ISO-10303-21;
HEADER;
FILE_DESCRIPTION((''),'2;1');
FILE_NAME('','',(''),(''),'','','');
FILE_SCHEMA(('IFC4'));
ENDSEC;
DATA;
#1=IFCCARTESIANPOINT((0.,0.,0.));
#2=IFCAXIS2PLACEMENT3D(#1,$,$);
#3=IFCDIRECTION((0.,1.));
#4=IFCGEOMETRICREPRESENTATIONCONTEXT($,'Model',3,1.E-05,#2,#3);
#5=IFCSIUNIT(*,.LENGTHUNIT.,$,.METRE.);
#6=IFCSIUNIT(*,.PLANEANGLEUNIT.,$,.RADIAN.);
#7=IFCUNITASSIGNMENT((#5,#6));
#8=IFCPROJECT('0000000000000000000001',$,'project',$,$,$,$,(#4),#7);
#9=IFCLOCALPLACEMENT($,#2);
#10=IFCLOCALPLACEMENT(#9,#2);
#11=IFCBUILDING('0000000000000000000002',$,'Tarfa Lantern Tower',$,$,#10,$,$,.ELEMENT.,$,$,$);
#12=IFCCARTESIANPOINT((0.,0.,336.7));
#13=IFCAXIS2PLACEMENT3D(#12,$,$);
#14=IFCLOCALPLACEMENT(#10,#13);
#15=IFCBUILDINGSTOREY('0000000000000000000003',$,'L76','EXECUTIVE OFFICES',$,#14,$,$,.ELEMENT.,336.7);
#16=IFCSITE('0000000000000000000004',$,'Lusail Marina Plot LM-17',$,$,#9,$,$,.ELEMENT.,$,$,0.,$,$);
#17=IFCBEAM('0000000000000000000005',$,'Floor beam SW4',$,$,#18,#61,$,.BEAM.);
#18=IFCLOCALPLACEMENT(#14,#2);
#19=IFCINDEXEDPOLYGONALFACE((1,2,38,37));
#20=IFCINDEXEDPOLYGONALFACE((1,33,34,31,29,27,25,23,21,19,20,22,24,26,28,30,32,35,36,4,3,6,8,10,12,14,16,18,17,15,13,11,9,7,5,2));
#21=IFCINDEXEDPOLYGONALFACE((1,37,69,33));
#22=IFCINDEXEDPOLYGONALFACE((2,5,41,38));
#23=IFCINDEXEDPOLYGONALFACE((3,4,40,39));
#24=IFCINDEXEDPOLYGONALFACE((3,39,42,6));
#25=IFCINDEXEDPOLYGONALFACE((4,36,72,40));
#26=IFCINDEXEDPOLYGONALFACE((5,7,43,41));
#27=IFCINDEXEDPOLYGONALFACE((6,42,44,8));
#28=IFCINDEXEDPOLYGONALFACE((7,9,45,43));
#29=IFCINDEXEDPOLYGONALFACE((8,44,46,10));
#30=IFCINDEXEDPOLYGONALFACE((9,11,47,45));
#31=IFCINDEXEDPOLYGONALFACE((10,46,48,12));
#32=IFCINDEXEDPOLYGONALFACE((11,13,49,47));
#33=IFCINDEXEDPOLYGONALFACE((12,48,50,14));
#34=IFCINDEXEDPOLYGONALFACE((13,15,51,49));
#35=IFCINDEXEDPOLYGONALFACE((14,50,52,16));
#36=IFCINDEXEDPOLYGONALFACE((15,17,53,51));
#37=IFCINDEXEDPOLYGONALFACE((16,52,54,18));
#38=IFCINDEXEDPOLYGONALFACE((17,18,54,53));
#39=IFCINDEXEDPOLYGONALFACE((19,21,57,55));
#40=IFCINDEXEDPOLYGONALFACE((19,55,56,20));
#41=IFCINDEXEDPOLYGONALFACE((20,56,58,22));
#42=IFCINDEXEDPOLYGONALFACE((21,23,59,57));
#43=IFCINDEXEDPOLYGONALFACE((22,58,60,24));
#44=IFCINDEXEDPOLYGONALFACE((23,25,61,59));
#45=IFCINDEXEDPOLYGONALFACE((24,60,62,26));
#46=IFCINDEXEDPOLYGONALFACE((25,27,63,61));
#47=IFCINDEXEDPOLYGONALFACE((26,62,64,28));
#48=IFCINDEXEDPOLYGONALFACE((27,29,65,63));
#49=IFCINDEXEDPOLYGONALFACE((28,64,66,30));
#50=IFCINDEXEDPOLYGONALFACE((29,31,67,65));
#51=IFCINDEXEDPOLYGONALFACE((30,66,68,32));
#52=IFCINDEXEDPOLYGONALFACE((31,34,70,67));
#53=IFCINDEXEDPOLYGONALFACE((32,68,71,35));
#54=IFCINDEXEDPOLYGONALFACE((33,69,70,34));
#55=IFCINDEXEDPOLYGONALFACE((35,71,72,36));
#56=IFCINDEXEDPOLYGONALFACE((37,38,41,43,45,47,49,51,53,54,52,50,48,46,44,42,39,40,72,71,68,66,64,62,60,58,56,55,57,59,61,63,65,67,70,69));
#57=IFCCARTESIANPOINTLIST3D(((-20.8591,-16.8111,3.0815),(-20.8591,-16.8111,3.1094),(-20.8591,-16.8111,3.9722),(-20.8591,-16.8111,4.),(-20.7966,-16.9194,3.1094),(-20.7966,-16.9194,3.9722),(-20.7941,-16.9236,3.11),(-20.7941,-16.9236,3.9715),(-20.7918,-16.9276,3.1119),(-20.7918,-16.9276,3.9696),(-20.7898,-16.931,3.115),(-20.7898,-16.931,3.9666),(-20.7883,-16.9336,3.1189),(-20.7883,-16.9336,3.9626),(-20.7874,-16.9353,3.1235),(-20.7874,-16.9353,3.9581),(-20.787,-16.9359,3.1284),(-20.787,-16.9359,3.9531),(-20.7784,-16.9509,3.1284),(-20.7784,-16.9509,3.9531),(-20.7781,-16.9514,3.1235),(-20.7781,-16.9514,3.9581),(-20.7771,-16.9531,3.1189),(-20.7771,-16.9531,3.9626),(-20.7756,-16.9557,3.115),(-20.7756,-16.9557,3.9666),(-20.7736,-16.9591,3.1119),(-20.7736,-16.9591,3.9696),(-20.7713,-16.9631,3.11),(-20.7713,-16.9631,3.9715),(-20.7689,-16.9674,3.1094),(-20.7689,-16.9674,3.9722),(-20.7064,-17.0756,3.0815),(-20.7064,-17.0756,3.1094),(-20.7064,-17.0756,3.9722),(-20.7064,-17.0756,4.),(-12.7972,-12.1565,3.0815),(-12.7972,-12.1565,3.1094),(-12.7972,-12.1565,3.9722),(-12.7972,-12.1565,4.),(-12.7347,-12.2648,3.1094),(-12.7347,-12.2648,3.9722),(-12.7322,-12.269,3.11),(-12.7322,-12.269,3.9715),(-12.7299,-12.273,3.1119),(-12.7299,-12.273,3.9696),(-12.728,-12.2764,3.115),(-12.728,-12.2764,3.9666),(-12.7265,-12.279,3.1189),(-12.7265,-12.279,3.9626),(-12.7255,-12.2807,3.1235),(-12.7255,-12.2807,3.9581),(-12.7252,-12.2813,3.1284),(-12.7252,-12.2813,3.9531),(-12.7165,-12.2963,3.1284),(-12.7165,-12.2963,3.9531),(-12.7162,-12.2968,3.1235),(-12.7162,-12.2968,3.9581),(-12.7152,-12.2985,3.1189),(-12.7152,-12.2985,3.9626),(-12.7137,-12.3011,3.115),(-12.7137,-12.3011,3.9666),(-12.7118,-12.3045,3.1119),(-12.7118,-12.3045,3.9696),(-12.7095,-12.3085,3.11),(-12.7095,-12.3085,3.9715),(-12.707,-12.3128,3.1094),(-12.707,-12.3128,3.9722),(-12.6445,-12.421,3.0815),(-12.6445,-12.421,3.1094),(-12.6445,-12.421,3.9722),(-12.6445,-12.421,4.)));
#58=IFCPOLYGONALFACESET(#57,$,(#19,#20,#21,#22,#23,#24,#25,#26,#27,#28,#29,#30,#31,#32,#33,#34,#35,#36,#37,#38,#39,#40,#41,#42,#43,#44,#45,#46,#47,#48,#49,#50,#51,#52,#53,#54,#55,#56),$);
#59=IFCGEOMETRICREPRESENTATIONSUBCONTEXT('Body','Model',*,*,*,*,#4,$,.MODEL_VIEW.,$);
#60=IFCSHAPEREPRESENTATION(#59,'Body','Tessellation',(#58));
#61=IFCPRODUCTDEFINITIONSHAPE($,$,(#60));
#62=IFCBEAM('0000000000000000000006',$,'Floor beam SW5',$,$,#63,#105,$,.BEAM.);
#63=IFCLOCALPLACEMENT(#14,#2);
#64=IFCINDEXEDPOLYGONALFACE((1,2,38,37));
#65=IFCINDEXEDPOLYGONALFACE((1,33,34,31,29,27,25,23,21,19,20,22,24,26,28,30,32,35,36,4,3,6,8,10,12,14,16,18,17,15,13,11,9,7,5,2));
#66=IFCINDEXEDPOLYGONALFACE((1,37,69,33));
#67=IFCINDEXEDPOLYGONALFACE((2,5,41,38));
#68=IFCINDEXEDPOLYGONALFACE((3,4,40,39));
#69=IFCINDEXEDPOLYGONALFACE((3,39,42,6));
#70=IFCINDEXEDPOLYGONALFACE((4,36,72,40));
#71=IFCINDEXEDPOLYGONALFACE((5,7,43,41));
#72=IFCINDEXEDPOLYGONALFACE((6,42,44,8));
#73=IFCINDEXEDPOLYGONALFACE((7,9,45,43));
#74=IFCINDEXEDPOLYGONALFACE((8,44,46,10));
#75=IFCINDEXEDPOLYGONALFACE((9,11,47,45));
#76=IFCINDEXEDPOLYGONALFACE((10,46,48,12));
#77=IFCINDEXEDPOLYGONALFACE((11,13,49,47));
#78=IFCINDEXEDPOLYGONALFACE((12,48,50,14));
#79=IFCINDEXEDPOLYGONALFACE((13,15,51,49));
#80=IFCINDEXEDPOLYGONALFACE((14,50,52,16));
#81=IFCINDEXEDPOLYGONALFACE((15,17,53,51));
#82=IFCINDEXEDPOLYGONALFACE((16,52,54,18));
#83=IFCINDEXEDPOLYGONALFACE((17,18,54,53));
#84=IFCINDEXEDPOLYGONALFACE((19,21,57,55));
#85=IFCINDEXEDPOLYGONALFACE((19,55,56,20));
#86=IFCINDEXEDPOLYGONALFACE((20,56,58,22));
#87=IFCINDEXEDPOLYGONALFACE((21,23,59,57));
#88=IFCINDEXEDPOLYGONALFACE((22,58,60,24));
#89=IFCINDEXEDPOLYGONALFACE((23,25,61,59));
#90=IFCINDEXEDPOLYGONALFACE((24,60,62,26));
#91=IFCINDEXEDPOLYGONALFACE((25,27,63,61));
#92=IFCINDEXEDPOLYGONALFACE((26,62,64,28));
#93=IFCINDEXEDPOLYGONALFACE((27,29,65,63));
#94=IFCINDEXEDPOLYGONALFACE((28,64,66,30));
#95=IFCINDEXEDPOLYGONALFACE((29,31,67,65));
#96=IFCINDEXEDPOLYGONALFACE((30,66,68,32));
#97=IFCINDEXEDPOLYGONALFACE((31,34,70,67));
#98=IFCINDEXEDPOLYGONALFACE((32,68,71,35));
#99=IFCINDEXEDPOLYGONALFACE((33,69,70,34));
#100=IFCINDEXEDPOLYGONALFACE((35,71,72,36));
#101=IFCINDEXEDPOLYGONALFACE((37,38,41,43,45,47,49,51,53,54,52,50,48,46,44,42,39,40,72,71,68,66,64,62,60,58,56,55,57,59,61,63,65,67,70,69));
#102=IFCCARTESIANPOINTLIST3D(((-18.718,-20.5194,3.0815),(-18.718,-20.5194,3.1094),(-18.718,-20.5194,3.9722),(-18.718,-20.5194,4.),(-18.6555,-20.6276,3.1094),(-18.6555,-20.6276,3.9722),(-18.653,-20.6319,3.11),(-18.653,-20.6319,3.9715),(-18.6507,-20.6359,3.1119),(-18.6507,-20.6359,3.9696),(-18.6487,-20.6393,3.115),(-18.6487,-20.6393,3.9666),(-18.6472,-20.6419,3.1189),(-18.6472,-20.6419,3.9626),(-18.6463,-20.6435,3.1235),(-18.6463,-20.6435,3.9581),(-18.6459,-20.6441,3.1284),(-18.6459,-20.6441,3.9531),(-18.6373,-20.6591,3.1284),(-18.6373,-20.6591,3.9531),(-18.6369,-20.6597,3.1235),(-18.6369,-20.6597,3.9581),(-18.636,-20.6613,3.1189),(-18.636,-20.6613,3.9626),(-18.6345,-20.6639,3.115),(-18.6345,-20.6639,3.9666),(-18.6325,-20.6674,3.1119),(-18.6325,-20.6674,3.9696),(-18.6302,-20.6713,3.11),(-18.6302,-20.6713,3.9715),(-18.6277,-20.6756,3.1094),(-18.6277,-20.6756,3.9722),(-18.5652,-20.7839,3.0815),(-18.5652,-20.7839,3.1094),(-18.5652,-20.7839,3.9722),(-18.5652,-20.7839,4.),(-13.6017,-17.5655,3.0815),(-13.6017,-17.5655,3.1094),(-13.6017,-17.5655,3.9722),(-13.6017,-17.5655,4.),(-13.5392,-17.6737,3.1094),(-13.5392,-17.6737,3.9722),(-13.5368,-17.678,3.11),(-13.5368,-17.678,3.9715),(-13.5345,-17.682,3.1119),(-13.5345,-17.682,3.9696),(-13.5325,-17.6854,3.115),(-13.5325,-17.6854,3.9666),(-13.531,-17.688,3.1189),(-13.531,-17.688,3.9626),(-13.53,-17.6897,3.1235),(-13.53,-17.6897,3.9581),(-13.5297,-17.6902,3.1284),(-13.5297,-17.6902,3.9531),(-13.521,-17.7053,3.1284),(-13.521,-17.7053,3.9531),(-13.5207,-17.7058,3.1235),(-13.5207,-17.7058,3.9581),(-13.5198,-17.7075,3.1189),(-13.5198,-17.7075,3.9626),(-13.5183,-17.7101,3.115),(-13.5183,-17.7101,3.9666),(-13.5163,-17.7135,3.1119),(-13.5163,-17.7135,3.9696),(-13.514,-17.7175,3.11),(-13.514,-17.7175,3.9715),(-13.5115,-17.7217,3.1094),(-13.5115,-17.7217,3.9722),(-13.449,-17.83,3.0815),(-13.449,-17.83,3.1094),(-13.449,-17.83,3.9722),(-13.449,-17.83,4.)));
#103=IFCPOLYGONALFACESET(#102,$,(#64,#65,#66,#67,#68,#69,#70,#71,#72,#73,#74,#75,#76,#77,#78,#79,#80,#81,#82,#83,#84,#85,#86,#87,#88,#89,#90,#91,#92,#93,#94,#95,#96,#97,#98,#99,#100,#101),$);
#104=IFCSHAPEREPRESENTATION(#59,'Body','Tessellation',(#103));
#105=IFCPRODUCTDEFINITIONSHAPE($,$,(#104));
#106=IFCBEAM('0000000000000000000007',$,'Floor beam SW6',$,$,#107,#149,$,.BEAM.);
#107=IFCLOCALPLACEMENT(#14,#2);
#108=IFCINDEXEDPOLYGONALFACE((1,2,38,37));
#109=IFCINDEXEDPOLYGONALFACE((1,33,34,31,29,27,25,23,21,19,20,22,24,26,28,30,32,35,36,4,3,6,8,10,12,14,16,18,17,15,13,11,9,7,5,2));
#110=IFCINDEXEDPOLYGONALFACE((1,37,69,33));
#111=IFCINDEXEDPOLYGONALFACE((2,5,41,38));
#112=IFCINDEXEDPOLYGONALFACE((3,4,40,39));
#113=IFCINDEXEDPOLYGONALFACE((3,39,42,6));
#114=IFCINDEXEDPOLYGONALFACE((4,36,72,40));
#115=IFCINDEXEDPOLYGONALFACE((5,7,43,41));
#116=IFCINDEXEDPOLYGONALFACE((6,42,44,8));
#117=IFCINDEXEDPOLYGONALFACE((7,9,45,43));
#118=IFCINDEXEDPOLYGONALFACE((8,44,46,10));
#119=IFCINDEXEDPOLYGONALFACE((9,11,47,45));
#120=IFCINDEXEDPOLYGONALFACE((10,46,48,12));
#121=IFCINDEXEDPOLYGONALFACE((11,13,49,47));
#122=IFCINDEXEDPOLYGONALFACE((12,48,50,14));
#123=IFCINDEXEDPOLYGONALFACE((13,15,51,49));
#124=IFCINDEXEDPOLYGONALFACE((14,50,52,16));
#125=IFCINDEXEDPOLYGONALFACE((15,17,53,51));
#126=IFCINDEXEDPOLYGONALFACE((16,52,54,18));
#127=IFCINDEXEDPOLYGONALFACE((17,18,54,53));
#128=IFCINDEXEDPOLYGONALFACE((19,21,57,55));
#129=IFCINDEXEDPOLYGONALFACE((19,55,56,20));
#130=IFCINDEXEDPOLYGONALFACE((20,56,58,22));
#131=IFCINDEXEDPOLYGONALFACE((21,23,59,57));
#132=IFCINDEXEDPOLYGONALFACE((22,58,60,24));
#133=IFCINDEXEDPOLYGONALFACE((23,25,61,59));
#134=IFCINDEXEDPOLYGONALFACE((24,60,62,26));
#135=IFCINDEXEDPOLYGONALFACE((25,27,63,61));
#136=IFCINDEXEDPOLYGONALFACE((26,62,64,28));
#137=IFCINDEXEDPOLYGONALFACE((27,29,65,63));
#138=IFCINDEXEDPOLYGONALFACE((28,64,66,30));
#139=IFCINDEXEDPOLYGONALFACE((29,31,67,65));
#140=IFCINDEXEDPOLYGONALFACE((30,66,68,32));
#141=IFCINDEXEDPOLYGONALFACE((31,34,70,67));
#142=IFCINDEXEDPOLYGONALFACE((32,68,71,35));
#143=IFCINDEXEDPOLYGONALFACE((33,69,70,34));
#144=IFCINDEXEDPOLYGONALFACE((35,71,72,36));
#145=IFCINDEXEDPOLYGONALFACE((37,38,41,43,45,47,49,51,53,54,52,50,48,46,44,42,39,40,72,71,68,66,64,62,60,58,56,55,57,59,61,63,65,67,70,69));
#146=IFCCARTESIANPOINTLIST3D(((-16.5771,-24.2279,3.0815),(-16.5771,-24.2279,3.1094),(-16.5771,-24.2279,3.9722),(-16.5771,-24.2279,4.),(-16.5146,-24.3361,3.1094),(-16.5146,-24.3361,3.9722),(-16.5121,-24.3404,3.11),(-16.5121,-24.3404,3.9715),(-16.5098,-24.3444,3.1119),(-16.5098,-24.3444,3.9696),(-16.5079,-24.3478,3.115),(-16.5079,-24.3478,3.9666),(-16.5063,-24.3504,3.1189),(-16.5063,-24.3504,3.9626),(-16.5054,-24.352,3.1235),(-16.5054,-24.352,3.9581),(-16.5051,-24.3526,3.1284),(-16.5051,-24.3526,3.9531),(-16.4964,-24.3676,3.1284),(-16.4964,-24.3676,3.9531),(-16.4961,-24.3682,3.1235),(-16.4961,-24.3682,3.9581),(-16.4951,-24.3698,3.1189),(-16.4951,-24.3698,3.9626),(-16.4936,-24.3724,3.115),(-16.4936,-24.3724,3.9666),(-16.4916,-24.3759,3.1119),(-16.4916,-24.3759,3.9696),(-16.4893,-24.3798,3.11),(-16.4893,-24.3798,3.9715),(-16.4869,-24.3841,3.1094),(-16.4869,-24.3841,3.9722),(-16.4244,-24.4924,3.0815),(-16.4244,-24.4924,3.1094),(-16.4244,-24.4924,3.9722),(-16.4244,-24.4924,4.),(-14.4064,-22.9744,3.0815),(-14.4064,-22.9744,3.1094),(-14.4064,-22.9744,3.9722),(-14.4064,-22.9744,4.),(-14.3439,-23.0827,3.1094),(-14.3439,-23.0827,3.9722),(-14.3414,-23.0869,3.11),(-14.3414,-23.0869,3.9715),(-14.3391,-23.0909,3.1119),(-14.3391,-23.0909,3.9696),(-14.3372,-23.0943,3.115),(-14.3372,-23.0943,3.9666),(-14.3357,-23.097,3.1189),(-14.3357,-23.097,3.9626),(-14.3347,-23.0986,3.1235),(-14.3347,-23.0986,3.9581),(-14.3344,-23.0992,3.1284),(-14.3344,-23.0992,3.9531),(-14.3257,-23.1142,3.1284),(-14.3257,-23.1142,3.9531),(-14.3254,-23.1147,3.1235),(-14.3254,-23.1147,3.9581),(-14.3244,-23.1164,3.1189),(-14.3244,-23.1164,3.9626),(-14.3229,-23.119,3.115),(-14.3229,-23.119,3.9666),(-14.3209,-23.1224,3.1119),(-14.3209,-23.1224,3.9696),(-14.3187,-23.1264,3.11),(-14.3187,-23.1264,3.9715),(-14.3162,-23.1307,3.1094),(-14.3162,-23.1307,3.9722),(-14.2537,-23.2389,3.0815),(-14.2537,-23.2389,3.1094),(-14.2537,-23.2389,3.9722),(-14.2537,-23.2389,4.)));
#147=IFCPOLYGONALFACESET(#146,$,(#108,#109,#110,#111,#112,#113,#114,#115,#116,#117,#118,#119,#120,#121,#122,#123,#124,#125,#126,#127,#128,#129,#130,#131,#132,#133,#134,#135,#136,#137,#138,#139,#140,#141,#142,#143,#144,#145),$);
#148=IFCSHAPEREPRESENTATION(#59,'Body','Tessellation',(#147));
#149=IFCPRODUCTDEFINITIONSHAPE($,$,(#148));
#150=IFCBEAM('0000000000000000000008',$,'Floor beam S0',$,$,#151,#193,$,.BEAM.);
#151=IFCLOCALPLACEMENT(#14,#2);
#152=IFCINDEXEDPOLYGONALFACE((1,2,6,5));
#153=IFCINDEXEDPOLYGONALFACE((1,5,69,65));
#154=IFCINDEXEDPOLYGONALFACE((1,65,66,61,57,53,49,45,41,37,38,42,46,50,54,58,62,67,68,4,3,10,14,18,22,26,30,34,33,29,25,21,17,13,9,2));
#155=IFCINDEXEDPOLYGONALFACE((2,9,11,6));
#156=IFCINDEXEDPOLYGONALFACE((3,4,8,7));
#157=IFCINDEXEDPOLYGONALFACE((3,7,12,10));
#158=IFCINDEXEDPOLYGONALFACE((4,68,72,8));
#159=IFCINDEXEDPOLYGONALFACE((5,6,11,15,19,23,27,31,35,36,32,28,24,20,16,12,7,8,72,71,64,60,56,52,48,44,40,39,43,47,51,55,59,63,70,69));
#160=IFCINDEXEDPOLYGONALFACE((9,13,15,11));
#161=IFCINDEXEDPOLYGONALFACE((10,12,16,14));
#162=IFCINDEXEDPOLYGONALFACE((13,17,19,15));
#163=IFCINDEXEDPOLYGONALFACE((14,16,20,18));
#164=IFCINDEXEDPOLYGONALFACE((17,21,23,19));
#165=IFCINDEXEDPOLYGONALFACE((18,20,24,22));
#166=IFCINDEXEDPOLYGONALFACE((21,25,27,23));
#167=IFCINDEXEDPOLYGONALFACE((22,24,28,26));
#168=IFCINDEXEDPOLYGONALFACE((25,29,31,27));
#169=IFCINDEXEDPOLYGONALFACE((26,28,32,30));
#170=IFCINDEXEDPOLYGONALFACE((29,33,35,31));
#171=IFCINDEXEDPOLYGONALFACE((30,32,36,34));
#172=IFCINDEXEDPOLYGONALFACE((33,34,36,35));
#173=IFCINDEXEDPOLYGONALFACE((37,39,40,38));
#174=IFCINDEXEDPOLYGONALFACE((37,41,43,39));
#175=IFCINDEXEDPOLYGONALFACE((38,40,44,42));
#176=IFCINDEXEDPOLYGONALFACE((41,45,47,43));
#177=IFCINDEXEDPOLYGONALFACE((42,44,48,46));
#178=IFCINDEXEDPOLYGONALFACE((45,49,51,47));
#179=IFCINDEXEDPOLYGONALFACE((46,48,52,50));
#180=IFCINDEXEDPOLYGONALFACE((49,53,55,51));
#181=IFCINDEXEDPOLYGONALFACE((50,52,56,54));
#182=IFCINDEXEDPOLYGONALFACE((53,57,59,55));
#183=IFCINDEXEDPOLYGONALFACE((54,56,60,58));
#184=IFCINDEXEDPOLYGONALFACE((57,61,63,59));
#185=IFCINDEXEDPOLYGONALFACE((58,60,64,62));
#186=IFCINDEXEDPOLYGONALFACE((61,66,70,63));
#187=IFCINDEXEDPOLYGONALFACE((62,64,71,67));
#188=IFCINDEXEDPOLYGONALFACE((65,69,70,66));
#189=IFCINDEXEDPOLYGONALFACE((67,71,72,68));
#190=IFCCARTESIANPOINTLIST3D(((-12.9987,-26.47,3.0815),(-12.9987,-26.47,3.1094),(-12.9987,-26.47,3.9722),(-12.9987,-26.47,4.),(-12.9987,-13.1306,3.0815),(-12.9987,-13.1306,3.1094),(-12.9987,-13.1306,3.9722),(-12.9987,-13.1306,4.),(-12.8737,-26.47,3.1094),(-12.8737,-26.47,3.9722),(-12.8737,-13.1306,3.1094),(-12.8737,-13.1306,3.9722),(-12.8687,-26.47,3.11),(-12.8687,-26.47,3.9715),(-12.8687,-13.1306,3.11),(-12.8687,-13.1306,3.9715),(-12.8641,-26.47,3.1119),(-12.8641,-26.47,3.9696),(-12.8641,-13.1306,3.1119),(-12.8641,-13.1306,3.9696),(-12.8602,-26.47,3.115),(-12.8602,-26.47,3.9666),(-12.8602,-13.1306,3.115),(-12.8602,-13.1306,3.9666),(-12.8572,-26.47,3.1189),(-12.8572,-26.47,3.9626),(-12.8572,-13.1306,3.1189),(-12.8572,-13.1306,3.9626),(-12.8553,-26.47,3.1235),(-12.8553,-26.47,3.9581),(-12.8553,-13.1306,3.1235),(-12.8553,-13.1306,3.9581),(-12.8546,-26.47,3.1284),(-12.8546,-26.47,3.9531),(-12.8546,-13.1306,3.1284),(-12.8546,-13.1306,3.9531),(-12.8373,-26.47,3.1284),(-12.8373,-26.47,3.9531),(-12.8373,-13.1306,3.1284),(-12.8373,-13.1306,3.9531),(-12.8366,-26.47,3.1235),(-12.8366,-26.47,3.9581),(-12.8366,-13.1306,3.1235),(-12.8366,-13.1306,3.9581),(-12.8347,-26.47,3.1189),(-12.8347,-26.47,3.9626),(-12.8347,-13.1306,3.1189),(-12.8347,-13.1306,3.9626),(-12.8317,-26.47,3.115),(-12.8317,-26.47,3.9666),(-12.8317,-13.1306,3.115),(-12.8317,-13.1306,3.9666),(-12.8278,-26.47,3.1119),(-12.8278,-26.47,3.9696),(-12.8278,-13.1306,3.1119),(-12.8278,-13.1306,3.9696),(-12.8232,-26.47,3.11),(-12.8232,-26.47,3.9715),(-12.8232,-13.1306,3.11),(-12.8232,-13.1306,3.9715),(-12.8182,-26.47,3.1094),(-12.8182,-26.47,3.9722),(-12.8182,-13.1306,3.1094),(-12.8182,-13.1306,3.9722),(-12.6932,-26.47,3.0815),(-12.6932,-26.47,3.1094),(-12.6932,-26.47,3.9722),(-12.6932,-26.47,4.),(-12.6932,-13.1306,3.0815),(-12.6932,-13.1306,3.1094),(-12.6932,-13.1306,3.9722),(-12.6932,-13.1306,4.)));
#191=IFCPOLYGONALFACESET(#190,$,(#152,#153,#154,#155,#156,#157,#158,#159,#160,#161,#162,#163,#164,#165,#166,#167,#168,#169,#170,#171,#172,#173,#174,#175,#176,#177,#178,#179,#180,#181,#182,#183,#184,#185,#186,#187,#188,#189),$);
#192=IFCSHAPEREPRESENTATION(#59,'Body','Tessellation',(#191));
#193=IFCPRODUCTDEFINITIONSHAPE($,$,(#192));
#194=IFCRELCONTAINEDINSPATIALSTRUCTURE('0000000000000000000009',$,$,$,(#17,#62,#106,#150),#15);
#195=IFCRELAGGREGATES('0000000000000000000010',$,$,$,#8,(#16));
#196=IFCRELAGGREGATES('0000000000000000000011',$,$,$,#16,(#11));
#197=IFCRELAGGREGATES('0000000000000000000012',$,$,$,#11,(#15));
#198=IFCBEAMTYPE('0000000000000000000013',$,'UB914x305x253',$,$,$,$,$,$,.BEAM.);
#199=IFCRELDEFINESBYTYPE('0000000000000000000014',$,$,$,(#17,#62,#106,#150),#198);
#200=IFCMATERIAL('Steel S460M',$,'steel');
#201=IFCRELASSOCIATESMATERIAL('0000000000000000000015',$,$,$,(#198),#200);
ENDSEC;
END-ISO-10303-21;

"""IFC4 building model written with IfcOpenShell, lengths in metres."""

from ifc_helpers import new_model, si_unit, direction, frame, origin, origin_2d, place, context, subcontext, project, spatial, i_section, extrude, material, material_profile, profile_set, type_object, element, save


model = new_model("IFC4")

# Units and contexts
model_context = context("Model", 3, precision=1e-05, world=origin(), true_north=direction((0.0, 1.0)))
body_context = subcontext(model_context, "Body", "Model", "MODEL_VIEW")
ifc_project = project(units=[si_unit("LENGTHUNIT", "METRE"), si_unit("PLANEANGLEUNIT", "RADIAN")], contexts=[model_context])

# Site, building, storey
site_placement = place(None, origin())
site = spatial("IfcSite", under=ifc_project, at=site_placement, Name="Lusail Marina Plot LM-17", CompositionType="ELEMENT", RefElevation=0.0)
building_placement = place(site_placement, origin())
building = spatial("IfcBuilding", under=site, at=building_placement, Name="Tarfa Lantern Tower", CompositionType="ELEMENT")
storey_placement = place(building_placement, frame((0.0, 0.0, 336.7)))
storey = spatial("IfcBuildingStorey", under=building, at=storey_placement, Name="L76", Description="EXECUTIVE OFFICES", CompositionType="ELEMENT", Elevation=336.7)

# Beams
ifc_material_1 = material(Name="Steel S460M", Category="steel")
ifc_material_profile_1 = material_profile(ifc_material_1, i_section(OverallWidth=0.3054, OverallDepth=0.9185, WebThickness=0.0173, FlangeThickness=0.0278, FilletRadius=0.019, at=origin_2d()), Name="UB914x305x253")
ifc_profile_set_1 = profile_set([ifc_material_profile_1], Name="Steel S460M")
beam_type_1 = type_object("IfcBeamType", Name="UB914x305x253", PredefinedType="BEAM", material=ifc_profile_set_1)
beam_1_placement = place(storey_placement, frame((-20.7827, -16.9434, 3.5408), z_axis=(0.866022, 0.500006, 0.0), x_axis=(-0.500006, 0.866022, 0.0)))
element("IfcBeam", 1, at=beam_1_placement, inside=storey, type_object=beam_type_1, Name="Floor beam SW4", PredefinedType="BEAM", context=body_context, shape_type="SweptSolid", body=[
    extrude(i_section(OverallWidth=0.3054, OverallDepth=0.9185, WebThickness=0.0173, FlangeThickness=0.0278, FilletRadius=0.019, at=origin_2d()), origin(), (0.0, 0.0, 1.0), 9.3091),
])
beam_2_placement = place(storey_placement, frame((-18.6416, -20.6516, 3.5408), z_axis=(0.866025, 0.500001, 0.0), x_axis=(-0.500001, 0.866025, 0.0)))
element("IfcBeam", 2, at=beam_2_placement, inside=storey, type_object=beam_type_1, Name="Floor beam SW5", PredefinedType="BEAM", context=body_context, shape_type="SweptSolid", body=[
    extrude(i_section(OverallWidth=0.3054, OverallDepth=0.9185, WebThickness=0.0173, FlangeThickness=0.0278, FilletRadius=0.019, at=origin_2d()), origin(), (0.0, 0.0, 1.0), 5.9077),
])
beam_3_placement = place(storey_placement, frame((-16.5007, -24.3601, 3.5408), z_axis=(0.865993, 0.500057, 0.0), x_axis=(-0.500057, 0.865993, 0.0)))
element("IfcBeam", 3, at=beam_3_placement, inside=storey, type_object=beam_type_1, Name="Floor beam SW6", PredefinedType="BEAM", context=body_context, shape_type="SweptSolid", body=[
    extrude(i_section(OverallWidth=0.3054, OverallDepth=0.9185, WebThickness=0.0173, FlangeThickness=0.0278, FilletRadius=0.019, at=origin_2d()), origin(), (0.0, 0.0, 1.0), 2.5066),
])
beam_4_placement = place(storey_placement, frame((-12.8459, -26.47, 3.5408), z_axis=(0.0, 1.0, 0.0), x_axis=(-1.0, 0.0, 0.0)))
element("IfcBeam", 4, at=beam_4_placement, inside=storey, type_object=beam_type_1, Name="Floor beam S0", PredefinedType="BEAM", context=body_context, shape_type="SweptSolid", body=[
    extrude(i_section(OverallWidth=0.3054, OverallDepth=0.9185, WebThickness=0.0173, FlangeThickness=0.0278, FilletRadius=0.019, at=origin_2d()), origin(), (0.0, 0.0, 1.0), 13.3394),
])

save(model, "model.ifc")
